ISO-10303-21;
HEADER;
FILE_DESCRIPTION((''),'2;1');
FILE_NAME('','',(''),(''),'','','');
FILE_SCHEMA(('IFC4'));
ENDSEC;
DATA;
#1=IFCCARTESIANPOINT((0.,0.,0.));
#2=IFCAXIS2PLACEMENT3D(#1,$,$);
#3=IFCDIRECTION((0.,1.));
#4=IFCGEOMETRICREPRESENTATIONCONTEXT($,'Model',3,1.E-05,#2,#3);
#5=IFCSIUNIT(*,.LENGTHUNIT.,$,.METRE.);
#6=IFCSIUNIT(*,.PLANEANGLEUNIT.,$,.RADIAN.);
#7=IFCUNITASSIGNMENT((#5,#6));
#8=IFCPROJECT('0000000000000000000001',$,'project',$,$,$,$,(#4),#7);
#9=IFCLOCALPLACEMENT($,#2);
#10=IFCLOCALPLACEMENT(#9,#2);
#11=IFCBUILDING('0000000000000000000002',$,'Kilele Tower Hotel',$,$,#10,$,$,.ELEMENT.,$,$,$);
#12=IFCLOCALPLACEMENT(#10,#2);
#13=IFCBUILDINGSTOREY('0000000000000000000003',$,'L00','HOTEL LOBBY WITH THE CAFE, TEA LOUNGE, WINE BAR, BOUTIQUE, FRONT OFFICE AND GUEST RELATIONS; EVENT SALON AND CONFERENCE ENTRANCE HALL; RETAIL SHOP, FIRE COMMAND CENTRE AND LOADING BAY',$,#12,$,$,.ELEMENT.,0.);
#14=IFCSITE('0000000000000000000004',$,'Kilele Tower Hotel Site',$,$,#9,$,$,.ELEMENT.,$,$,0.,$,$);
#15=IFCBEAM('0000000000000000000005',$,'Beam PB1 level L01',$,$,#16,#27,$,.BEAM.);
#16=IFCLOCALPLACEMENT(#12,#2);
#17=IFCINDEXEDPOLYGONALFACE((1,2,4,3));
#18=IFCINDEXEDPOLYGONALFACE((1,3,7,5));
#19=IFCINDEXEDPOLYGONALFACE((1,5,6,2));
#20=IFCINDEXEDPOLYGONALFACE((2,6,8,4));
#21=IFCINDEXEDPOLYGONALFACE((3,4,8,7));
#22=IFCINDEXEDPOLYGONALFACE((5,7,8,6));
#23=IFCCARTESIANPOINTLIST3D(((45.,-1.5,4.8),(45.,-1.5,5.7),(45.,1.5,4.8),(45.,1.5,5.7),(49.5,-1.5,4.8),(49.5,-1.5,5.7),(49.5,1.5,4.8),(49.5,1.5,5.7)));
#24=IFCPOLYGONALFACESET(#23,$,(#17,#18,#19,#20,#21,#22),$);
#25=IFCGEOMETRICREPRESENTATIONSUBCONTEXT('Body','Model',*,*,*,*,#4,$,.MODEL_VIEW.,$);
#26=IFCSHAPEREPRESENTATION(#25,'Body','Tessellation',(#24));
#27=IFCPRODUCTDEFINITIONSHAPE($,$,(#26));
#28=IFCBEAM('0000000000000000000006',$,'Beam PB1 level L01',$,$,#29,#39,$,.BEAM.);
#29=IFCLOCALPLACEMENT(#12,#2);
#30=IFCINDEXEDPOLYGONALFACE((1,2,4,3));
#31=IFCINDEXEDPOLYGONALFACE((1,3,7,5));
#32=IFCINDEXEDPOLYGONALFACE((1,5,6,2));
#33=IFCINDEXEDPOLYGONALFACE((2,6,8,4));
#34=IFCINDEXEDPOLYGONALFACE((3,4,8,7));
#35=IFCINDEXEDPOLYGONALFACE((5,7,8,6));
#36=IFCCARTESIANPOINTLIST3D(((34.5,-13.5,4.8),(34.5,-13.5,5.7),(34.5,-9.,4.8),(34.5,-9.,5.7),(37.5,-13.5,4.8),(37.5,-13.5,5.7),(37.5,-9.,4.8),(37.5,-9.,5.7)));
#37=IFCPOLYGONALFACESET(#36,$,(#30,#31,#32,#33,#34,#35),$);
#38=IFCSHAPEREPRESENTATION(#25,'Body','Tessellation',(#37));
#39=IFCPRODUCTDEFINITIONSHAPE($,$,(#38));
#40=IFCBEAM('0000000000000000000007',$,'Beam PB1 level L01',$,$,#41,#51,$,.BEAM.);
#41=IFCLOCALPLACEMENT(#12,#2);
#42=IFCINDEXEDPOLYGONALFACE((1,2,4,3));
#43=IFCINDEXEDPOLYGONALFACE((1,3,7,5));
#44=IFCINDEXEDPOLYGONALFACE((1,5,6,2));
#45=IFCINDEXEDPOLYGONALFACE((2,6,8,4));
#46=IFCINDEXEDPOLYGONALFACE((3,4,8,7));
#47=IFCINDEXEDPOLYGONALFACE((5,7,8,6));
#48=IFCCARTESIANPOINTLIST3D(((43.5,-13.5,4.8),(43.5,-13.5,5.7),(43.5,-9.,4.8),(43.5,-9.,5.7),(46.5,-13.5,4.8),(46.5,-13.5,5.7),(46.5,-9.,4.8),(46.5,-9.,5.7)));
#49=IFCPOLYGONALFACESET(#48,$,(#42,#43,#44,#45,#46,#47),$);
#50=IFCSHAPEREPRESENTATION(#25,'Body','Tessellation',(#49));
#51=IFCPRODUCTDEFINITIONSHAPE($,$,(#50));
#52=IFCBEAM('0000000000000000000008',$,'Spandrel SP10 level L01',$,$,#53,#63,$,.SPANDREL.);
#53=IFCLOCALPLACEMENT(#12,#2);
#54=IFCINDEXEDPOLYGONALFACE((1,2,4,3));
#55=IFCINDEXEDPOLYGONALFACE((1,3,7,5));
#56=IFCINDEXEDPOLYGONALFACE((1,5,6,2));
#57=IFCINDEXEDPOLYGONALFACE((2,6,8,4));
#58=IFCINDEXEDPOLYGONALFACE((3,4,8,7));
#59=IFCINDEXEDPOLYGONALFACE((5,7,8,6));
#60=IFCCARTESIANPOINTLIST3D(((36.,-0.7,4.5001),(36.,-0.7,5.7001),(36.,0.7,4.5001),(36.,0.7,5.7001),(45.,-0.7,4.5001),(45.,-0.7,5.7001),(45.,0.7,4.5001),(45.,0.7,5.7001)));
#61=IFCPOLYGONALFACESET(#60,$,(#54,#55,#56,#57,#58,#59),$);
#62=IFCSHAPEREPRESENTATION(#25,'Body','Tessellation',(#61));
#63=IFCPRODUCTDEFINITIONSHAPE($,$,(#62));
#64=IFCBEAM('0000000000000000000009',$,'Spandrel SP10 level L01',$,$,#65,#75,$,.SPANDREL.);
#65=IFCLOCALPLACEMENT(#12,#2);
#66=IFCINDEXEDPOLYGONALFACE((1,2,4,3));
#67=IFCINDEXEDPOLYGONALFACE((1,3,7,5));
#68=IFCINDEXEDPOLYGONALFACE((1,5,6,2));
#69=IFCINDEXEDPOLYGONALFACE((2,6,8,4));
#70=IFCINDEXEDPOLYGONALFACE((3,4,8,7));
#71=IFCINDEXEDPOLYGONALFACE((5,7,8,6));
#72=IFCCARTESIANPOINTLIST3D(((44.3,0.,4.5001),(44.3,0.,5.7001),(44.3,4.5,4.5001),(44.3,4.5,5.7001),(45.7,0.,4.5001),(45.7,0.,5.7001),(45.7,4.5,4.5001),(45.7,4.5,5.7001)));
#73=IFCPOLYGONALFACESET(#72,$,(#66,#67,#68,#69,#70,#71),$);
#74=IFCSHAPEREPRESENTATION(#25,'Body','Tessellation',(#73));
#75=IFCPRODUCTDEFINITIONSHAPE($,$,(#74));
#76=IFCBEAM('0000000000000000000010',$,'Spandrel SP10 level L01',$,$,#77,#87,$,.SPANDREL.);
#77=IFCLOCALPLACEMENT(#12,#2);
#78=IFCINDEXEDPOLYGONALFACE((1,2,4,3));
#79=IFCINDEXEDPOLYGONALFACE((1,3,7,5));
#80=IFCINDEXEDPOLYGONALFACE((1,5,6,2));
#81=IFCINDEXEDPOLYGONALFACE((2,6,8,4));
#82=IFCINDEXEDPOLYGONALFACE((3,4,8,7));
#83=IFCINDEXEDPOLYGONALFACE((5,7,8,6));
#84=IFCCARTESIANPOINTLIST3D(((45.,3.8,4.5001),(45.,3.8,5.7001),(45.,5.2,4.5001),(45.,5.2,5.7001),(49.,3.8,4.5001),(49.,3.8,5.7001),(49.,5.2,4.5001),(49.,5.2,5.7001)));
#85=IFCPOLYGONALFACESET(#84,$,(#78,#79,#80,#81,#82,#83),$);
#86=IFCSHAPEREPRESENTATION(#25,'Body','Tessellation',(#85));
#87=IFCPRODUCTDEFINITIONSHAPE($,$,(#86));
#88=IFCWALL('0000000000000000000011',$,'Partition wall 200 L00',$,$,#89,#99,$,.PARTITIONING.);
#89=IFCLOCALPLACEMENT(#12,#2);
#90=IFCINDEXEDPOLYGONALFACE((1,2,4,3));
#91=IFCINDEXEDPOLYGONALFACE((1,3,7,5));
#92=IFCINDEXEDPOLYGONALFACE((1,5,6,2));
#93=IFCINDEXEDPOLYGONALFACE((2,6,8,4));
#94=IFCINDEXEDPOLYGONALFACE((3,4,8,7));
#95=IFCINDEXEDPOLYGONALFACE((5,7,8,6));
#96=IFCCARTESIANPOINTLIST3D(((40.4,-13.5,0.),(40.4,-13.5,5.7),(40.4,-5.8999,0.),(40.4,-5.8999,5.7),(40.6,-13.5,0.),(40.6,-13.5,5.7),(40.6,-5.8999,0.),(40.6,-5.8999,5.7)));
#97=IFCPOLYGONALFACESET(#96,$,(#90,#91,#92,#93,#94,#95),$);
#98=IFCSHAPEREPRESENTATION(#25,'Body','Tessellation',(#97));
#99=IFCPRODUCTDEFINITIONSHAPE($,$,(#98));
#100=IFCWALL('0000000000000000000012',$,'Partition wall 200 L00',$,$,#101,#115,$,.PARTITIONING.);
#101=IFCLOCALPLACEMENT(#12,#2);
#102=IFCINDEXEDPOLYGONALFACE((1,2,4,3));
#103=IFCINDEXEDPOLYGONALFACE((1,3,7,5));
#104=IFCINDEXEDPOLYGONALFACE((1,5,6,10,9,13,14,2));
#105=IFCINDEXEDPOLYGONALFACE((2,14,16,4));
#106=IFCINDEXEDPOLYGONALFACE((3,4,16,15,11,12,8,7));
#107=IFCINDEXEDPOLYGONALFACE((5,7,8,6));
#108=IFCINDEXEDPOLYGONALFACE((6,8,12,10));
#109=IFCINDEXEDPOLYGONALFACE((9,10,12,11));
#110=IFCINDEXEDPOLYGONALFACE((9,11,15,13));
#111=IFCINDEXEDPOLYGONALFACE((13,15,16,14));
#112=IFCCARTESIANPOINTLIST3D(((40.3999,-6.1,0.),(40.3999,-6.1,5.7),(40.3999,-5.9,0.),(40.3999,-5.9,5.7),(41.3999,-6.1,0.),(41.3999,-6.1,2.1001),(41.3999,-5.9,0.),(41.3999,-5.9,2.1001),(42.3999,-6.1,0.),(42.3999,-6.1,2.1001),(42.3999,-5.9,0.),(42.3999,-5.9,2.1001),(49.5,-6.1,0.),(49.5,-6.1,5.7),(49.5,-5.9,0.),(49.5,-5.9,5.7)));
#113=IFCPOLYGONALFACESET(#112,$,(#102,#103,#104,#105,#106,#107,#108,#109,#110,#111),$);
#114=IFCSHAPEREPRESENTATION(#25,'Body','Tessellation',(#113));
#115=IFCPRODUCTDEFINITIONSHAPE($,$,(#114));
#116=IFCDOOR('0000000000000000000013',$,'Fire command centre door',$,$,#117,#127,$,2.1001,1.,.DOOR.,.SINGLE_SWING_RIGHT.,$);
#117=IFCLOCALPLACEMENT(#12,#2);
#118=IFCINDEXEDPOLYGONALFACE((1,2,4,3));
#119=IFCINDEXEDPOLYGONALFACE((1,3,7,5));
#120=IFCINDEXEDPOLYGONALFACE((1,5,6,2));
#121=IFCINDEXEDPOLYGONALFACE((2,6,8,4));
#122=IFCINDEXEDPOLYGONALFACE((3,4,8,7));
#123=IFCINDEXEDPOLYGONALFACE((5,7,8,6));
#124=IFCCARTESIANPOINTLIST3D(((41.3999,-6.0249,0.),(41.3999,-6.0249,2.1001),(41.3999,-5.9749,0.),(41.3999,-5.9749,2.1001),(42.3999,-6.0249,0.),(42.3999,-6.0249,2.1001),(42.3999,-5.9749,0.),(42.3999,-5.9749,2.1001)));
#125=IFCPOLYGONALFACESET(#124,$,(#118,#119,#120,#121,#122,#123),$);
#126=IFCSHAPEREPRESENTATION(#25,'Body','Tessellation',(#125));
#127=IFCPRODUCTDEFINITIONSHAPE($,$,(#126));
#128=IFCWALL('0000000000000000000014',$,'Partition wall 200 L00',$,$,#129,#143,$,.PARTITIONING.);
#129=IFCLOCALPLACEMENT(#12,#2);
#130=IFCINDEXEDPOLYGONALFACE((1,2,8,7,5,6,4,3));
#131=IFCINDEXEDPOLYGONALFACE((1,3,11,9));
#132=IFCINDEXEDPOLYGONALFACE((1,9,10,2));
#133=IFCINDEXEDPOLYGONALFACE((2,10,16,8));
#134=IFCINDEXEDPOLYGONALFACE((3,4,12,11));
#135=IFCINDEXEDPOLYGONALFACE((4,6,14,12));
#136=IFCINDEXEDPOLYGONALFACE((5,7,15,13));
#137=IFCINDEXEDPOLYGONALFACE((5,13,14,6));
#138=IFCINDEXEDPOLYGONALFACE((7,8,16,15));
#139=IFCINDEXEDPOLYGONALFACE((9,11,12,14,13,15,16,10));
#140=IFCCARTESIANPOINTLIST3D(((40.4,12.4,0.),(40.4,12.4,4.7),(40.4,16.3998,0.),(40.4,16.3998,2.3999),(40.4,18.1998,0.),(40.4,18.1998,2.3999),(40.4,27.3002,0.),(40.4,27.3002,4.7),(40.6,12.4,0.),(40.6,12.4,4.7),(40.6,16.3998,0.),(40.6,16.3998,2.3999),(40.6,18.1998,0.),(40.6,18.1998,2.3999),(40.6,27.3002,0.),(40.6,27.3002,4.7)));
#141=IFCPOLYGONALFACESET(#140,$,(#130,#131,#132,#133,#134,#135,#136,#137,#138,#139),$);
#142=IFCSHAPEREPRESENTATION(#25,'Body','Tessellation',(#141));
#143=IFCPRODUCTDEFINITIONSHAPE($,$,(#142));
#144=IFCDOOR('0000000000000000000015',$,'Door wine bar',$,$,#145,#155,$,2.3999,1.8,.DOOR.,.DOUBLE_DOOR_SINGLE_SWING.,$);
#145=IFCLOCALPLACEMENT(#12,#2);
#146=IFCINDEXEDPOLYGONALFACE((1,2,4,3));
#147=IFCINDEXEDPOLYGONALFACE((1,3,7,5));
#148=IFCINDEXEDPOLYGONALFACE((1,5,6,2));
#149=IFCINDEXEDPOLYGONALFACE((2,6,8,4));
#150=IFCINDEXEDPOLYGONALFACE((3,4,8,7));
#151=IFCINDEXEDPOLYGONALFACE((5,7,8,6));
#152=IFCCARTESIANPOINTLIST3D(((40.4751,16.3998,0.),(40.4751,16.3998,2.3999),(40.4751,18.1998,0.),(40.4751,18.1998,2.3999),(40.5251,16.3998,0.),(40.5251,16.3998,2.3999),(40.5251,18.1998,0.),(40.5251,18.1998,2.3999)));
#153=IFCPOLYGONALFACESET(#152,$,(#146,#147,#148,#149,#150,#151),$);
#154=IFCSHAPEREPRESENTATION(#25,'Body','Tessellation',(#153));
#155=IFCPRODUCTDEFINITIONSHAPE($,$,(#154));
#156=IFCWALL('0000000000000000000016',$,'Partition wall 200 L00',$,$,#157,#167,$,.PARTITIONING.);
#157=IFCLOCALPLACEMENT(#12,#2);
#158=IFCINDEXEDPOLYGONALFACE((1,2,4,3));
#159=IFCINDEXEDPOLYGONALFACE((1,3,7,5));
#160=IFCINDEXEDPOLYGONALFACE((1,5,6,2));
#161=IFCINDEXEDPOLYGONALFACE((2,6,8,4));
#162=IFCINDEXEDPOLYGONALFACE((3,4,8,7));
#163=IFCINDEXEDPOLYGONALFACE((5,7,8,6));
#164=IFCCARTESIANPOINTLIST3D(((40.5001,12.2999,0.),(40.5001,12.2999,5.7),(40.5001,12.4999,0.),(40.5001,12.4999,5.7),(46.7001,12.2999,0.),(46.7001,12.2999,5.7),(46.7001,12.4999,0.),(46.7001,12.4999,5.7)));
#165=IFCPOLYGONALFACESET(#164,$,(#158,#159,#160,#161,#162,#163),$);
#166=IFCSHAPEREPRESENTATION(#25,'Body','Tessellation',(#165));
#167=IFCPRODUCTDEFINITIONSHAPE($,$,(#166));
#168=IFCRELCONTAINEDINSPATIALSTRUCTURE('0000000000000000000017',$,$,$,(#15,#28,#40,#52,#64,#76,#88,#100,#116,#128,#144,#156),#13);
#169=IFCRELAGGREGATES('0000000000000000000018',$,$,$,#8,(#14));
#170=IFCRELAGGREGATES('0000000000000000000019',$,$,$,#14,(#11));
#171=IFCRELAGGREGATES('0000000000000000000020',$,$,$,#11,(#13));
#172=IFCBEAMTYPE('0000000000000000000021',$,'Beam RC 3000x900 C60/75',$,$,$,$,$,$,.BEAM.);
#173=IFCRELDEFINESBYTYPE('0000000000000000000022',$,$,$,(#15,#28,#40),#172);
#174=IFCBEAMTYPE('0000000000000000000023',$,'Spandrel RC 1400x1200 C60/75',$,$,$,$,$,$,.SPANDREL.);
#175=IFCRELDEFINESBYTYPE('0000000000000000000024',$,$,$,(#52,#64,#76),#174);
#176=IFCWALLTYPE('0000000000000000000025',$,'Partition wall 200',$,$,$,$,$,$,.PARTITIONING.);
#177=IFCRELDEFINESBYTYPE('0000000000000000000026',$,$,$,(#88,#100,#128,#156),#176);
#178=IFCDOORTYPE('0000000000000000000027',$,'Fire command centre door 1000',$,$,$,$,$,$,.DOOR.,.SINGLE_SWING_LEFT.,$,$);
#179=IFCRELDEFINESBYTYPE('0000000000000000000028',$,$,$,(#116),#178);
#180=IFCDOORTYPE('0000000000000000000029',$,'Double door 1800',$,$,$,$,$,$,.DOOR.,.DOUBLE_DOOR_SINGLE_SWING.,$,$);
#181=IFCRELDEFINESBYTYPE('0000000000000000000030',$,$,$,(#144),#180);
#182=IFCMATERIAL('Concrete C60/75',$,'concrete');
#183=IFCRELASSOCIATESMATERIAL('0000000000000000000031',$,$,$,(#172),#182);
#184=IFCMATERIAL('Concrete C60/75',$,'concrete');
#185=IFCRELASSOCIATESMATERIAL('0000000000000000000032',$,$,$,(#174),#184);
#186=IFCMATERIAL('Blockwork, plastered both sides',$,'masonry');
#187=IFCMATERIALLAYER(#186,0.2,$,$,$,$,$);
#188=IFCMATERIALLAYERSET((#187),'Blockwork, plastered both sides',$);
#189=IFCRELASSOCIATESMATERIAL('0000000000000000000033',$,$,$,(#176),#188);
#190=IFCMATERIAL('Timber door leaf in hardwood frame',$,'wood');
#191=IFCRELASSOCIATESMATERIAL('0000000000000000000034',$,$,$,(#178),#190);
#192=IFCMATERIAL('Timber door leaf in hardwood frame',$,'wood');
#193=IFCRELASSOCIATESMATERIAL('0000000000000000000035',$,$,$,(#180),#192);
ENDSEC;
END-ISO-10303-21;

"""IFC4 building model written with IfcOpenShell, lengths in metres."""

from ifc_helpers import new_model, si_unit, direction, frame, frame_2d, origin, origin_2d, place, context, subcontext, project, spatial, rectangle, extrude, material, layer, layer_set, material_profile, profile_set, type_object, element, fill, save


model = new_model("IFC4")

# Units and contexts
model_context = context("Model", 3, precision=1e-05, world=origin(), true_north=direction((0.0, 1.0)))
body_context = subcontext(model_context, "Body", "Model", "MODEL_VIEW")
ifc_project = project(units=[si_unit("LENGTHUNIT", "METRE"), si_unit("PLANEANGLEUNIT", "RADIAN")], contexts=[model_context])

# Site, building, storey
site_placement = place(None, origin())
site = spatial("IfcSite", under=ifc_project, at=site_placement, Name="Kilele Tower Hotel Site", CompositionType="ELEMENT", RefElevation=0.0)
building_placement = place(site_placement, origin())
building = spatial("IfcBuilding", under=site, at=building_placement, Name="Kilele Tower Hotel", CompositionType="ELEMENT")
storey_placement = place(building_placement, origin())
storey = spatial("IfcBuildingStorey", under=building, at=storey_placement, Name="L00", Description="HOTEL LOBBY WITH THE CAFE, TEA LOUNGE, WINE BAR, BOUTIQUE, FRONT OFFICE AND GUEST RELATIONS; EVENT SALON AND CONFERENCE ENTRANCE HALL; RETAIL SHOP, FIRE COMMAND CENTRE AND LOADING BAY", CompositionType="ELEMENT", Elevation=0.0)

# Beams
ifc_material_1 = material(Name="Concrete C60/75", Category="concrete")
ifc_material_profile_1 = material_profile(ifc_material_1, rectangle(XDim=3.0, YDim=0.8999, at=origin_2d()))
ifc_profile_set_1 = profile_set([ifc_material_profile_1], Name="Concrete C60/75")
beam_type_1 = type_object("IfcBeamType", Name="Beam RC 3000x900 C60/75", PredefinedType="BEAM", material=ifc_profile_set_1)
for number, where, z_axis, x_axis, name in (
    (1, (45.0, 0.0, 5.25), (1.0, 0.0, 0.0), (0.0, 1.0, 0.0), "Beam PB1 level L01"),
    (2, (36.0, -13.5, 5.25), (0.0, 1.0, 0.0), (-1.0, 0.0, 0.0), "Beam PB1 level L01"),
    (3, (45.0, -13.5, 5.25), (0.0, 1.0, 0.0), (-1.0, 0.0, 0.0), "Beam PB1 level L01"),
):
    element("IfcBeam", number, at=place(storey_placement, frame(where, z_axis=z_axis, x_axis=x_axis)), inside=storey, type_object=beam_type_1, Name=name, PredefinedType="BEAM", context=body_context, shape_type="SweptSolid", body=[
        extrude(rectangle(XDim=3.0, YDim=0.8999, at=origin_2d()), origin(), (0.0, 0.0, 1.0), 4.5),
    ])
ifc_material_2 = material(Name="Concrete C60/75", Category="concrete")
ifc_material_profile_2 = material_profile(ifc_material_2, rectangle(XDim=1.3999, YDim=1.2, at=origin_2d()))
ifc_profile_set_2 = profile_set([ifc_material_profile_2], Name="Concrete C60/75")
beam_type_2 = type_object("IfcBeamType", Name="Spandrel RC 1400x1200 C60/75", PredefinedType="SPANDREL", material=ifc_profile_set_2)
beam_1_placement = place(storey_placement, frame((36.0, 0.0, 5.1001), z_axis=(1.0, 0.0, 0.0), x_axis=(0.0, 1.0, 0.0)))
element("IfcBeam", 4, at=beam_1_placement, inside=storey, type_object=beam_type_2, Name="Spandrel SP10 level L01", PredefinedType="SPANDREL", context=body_context, shape_type="SweptSolid", body=[
    extrude(rectangle(XDim=1.3999, YDim=1.2, at=origin_2d()), origin(), (0.0, 0.0, 1.0), 9.0),
])
beam_2_placement = place(storey_placement, frame((45.0, 0.0, 5.1001), z_axis=(0.0, 1.0, 0.0), x_axis=(-1.0, 0.0, 0.0)))
element("IfcBeam", 5, at=beam_2_placement, inside=storey, type_object=beam_type_2, Name="Spandrel SP10 level L01", PredefinedType="SPANDREL", context=body_context, shape_type="SweptSolid", body=[
    extrude(rectangle(XDim=1.3999, YDim=1.2, at=origin_2d()), origin(), (0.0, 0.0, 1.0), 4.5),
])
beam_3_placement = place(storey_placement, frame((45.0, 4.5, 5.1001), z_axis=(1.0, 0.0, 0.0), x_axis=(0.0, 1.0, 0.0)))
element("IfcBeam", 6, at=beam_3_placement, inside=storey, type_object=beam_type_2, Name="Spandrel SP10 level L01", PredefinedType="SPANDREL", context=body_context, shape_type="SweptSolid", body=[
    extrude(rectangle(XDim=1.3999, YDim=1.2, at=origin_2d()), origin(), (0.0, 0.0, 1.0), 4.0),
])

# Wall
ifc_material_3 = material(Name="Blockwork, plastered both sides", Category="masonry")
ifc_layer_1 = layer(ifc_material_3, 0.2)
ifc_layer_set_1 = layer_set([ifc_layer_1], Name="Blockwork, plastered both sides")
wall_type_1 = type_object("IfcWallType", Name="Partition wall 200", PredefinedType="PARTITIONING", material=ifc_layer_set_1)
wall_1_placement = place(storey_placement, frame((40.5, -13.5, 0.0), z_axis=(0.0, 0.0, 1.0), x_axis=(0.0, 1.0, 0.0)))
element("IfcWall", 7, at=wall_1_placement, inside=storey, type_object=wall_type_1, Name="Partition wall 200 L00", PredefinedType="PARTITIONING", context=body_context, shape_type="SweptSolid", body=[
    extrude(rectangle(XDim=7.6001, YDim=0.2, at=frame_2d((3.8, 0.0))), origin(), (0.0, 0.0, 1.0), 5.7),
])

# Walls, openings, doors
wall_2_placement = place(storey_placement, frame((40.3999, -6.0, 0.0), z_axis=(0.0, 0.0, 1.0), x_axis=(1.0, 0.0, 0.0)))
wall_2 = element("IfcWall", 8, at=wall_2_placement, inside=storey, type_object=wall_type_1, Name="Partition wall 200 L00", PredefinedType="PARTITIONING", context=body_context, shape_type="SweptSolid", body=[
    extrude(rectangle(XDim=9.1001, YDim=0.2, at=frame_2d((4.55, 0.0))), origin(), (0.0, 0.0, 1.0), 5.7),
])
opening_1_placement = place(wall_2_placement, frame((2.0, 0.0, 0.0), z_axis=(0.0, 0.0, 1.0), x_axis=(-1.0, 0.0, 0.0)))
opening_1 = element("IfcOpeningElement", 9, at=opening_1_placement, cuts=wall_2, PredefinedType="OPENING", context=body_context, shape_type="SweptSolid", body=[
    extrude(rectangle(XDim=1.0, YDim=2.1001, at=frame_2d((0.5, 1.05))), frame((0.0, 0.1099, 0.0), z_axis=(0.0, -1.0, 0.0), x_axis=(1.0, 0.0, 0.0)), (0.0, 0.0, 1.0), 0.22),
])
ifc_material_4 = material(Name="Timber door leaf in hardwood frame", Category="wood")
door_type_1 = type_object("IfcDoorType", Name="Fire command centre door 1000", OperationType="SINGLE_SWING_LEFT", PredefinedType="DOOR", material=ifc_material_4)
door_1_placement = place(opening_1_placement, origin())
door_1 = element("IfcDoor", 10, at=door_1_placement, inside=storey, type_object=door_type_1, Name="Fire command centre door", OperationType="SINGLE_SWING_RIGHT", OverallHeight=2.1001, OverallWidth=1.0, PredefinedType="DOOR", context=body_context, shape_type="SweptSolid", body=[
    extrude(rectangle(XDim=1.0, YDim=2.1001, at=frame_2d((0.5, 1.05))), frame((0.0, 0.0249, 0.0), z_axis=(0.0, -1.0, 0.0), x_axis=(1.0, 0.0, 0.0)), (0.0, 0.0, 1.0), 0.05),
])
fill(opening_1, door_1)
wall_3_placement = place(storey_placement, frame((40.5, 12.3999, 0.0), z_axis=(0.0, 0.0, 1.0), x_axis=(0.0, 1.0, 0.0)))
wall_3 = element("IfcWall", 11, at=wall_3_placement, inside=storey, type_object=wall_type_1, Name="Partition wall 200 L00", PredefinedType="PARTITIONING", context=body_context, shape_type="SweptSolid", body=[
    extrude(rectangle(XDim=14.9001, YDim=0.2, at=frame_2d((7.4502, 0.0))), origin(), (0.0, 0.0, 1.0), 4.7),
])
opening_2_placement = place(wall_3_placement, frame((4.0, 0.0, 0.0)))
opening_2 = element("IfcOpeningElement", 12, at=opening_2_placement, cuts=wall_3, PredefinedType="OPENING", context=body_context, shape_type="SweptSolid", body=[
    extrude(rectangle(XDim=1.8, YDim=2.3999, at=frame_2d((0.8999, 1.2))), frame((0.0, 0.1099, 0.0), z_axis=(0.0, -1.0, 0.0), x_axis=(1.0, 0.0, 0.0)), (0.0, 0.0, 1.0), 0.22),
])
ifc_material_5 = material(Name="Timber door leaf in hardwood frame", Category="wood")
door_type_2 = type_object("IfcDoorType", Name="Double door 1800", OperationType="DOUBLE_DOOR_SINGLE_SWING", PredefinedType="DOOR", material=ifc_material_5)
door_2_placement = place(opening_2_placement, origin())
door_2 = element("IfcDoor", 13, at=door_2_placement, inside=storey, type_object=door_type_2, Name="Door wine bar", OperationType="DOUBLE_DOOR_SINGLE_SWING", OverallHeight=2.3999, OverallWidth=1.8, PredefinedType="DOOR", context=body_context, shape_type="SweptSolid", body=[
    extrude(rectangle(XDim=1.8, YDim=2.3999, at=frame_2d((0.8999, 1.2))), frame((0.0, 0.0249, 0.0), z_axis=(0.0, -1.0, 0.0), x_axis=(1.0, 0.0, 0.0)), (0.0, 0.0, 1.0), 0.05),
])
fill(opening_2, door_2)

# Wall
wall_4_placement = place(storey_placement, frame((40.5, 12.3999, 0.0), z_axis=(0.0, 0.0, 1.0), x_axis=(1.0, 0.0, 0.0)))
element("IfcWall", 14, at=wall_4_placement, inside=storey, type_object=wall_type_1, Name="Partition wall 200 L00", PredefinedType="PARTITIONING", context=body_context, shape_type="SweptSolid", body=[
    extrude(rectangle(XDim=6.2, YDim=0.2, at=frame_2d((3.1001, 0.0))), origin(), (0.0, 0.0, 1.0), 5.7),
])

save(model, "model.ifc")
